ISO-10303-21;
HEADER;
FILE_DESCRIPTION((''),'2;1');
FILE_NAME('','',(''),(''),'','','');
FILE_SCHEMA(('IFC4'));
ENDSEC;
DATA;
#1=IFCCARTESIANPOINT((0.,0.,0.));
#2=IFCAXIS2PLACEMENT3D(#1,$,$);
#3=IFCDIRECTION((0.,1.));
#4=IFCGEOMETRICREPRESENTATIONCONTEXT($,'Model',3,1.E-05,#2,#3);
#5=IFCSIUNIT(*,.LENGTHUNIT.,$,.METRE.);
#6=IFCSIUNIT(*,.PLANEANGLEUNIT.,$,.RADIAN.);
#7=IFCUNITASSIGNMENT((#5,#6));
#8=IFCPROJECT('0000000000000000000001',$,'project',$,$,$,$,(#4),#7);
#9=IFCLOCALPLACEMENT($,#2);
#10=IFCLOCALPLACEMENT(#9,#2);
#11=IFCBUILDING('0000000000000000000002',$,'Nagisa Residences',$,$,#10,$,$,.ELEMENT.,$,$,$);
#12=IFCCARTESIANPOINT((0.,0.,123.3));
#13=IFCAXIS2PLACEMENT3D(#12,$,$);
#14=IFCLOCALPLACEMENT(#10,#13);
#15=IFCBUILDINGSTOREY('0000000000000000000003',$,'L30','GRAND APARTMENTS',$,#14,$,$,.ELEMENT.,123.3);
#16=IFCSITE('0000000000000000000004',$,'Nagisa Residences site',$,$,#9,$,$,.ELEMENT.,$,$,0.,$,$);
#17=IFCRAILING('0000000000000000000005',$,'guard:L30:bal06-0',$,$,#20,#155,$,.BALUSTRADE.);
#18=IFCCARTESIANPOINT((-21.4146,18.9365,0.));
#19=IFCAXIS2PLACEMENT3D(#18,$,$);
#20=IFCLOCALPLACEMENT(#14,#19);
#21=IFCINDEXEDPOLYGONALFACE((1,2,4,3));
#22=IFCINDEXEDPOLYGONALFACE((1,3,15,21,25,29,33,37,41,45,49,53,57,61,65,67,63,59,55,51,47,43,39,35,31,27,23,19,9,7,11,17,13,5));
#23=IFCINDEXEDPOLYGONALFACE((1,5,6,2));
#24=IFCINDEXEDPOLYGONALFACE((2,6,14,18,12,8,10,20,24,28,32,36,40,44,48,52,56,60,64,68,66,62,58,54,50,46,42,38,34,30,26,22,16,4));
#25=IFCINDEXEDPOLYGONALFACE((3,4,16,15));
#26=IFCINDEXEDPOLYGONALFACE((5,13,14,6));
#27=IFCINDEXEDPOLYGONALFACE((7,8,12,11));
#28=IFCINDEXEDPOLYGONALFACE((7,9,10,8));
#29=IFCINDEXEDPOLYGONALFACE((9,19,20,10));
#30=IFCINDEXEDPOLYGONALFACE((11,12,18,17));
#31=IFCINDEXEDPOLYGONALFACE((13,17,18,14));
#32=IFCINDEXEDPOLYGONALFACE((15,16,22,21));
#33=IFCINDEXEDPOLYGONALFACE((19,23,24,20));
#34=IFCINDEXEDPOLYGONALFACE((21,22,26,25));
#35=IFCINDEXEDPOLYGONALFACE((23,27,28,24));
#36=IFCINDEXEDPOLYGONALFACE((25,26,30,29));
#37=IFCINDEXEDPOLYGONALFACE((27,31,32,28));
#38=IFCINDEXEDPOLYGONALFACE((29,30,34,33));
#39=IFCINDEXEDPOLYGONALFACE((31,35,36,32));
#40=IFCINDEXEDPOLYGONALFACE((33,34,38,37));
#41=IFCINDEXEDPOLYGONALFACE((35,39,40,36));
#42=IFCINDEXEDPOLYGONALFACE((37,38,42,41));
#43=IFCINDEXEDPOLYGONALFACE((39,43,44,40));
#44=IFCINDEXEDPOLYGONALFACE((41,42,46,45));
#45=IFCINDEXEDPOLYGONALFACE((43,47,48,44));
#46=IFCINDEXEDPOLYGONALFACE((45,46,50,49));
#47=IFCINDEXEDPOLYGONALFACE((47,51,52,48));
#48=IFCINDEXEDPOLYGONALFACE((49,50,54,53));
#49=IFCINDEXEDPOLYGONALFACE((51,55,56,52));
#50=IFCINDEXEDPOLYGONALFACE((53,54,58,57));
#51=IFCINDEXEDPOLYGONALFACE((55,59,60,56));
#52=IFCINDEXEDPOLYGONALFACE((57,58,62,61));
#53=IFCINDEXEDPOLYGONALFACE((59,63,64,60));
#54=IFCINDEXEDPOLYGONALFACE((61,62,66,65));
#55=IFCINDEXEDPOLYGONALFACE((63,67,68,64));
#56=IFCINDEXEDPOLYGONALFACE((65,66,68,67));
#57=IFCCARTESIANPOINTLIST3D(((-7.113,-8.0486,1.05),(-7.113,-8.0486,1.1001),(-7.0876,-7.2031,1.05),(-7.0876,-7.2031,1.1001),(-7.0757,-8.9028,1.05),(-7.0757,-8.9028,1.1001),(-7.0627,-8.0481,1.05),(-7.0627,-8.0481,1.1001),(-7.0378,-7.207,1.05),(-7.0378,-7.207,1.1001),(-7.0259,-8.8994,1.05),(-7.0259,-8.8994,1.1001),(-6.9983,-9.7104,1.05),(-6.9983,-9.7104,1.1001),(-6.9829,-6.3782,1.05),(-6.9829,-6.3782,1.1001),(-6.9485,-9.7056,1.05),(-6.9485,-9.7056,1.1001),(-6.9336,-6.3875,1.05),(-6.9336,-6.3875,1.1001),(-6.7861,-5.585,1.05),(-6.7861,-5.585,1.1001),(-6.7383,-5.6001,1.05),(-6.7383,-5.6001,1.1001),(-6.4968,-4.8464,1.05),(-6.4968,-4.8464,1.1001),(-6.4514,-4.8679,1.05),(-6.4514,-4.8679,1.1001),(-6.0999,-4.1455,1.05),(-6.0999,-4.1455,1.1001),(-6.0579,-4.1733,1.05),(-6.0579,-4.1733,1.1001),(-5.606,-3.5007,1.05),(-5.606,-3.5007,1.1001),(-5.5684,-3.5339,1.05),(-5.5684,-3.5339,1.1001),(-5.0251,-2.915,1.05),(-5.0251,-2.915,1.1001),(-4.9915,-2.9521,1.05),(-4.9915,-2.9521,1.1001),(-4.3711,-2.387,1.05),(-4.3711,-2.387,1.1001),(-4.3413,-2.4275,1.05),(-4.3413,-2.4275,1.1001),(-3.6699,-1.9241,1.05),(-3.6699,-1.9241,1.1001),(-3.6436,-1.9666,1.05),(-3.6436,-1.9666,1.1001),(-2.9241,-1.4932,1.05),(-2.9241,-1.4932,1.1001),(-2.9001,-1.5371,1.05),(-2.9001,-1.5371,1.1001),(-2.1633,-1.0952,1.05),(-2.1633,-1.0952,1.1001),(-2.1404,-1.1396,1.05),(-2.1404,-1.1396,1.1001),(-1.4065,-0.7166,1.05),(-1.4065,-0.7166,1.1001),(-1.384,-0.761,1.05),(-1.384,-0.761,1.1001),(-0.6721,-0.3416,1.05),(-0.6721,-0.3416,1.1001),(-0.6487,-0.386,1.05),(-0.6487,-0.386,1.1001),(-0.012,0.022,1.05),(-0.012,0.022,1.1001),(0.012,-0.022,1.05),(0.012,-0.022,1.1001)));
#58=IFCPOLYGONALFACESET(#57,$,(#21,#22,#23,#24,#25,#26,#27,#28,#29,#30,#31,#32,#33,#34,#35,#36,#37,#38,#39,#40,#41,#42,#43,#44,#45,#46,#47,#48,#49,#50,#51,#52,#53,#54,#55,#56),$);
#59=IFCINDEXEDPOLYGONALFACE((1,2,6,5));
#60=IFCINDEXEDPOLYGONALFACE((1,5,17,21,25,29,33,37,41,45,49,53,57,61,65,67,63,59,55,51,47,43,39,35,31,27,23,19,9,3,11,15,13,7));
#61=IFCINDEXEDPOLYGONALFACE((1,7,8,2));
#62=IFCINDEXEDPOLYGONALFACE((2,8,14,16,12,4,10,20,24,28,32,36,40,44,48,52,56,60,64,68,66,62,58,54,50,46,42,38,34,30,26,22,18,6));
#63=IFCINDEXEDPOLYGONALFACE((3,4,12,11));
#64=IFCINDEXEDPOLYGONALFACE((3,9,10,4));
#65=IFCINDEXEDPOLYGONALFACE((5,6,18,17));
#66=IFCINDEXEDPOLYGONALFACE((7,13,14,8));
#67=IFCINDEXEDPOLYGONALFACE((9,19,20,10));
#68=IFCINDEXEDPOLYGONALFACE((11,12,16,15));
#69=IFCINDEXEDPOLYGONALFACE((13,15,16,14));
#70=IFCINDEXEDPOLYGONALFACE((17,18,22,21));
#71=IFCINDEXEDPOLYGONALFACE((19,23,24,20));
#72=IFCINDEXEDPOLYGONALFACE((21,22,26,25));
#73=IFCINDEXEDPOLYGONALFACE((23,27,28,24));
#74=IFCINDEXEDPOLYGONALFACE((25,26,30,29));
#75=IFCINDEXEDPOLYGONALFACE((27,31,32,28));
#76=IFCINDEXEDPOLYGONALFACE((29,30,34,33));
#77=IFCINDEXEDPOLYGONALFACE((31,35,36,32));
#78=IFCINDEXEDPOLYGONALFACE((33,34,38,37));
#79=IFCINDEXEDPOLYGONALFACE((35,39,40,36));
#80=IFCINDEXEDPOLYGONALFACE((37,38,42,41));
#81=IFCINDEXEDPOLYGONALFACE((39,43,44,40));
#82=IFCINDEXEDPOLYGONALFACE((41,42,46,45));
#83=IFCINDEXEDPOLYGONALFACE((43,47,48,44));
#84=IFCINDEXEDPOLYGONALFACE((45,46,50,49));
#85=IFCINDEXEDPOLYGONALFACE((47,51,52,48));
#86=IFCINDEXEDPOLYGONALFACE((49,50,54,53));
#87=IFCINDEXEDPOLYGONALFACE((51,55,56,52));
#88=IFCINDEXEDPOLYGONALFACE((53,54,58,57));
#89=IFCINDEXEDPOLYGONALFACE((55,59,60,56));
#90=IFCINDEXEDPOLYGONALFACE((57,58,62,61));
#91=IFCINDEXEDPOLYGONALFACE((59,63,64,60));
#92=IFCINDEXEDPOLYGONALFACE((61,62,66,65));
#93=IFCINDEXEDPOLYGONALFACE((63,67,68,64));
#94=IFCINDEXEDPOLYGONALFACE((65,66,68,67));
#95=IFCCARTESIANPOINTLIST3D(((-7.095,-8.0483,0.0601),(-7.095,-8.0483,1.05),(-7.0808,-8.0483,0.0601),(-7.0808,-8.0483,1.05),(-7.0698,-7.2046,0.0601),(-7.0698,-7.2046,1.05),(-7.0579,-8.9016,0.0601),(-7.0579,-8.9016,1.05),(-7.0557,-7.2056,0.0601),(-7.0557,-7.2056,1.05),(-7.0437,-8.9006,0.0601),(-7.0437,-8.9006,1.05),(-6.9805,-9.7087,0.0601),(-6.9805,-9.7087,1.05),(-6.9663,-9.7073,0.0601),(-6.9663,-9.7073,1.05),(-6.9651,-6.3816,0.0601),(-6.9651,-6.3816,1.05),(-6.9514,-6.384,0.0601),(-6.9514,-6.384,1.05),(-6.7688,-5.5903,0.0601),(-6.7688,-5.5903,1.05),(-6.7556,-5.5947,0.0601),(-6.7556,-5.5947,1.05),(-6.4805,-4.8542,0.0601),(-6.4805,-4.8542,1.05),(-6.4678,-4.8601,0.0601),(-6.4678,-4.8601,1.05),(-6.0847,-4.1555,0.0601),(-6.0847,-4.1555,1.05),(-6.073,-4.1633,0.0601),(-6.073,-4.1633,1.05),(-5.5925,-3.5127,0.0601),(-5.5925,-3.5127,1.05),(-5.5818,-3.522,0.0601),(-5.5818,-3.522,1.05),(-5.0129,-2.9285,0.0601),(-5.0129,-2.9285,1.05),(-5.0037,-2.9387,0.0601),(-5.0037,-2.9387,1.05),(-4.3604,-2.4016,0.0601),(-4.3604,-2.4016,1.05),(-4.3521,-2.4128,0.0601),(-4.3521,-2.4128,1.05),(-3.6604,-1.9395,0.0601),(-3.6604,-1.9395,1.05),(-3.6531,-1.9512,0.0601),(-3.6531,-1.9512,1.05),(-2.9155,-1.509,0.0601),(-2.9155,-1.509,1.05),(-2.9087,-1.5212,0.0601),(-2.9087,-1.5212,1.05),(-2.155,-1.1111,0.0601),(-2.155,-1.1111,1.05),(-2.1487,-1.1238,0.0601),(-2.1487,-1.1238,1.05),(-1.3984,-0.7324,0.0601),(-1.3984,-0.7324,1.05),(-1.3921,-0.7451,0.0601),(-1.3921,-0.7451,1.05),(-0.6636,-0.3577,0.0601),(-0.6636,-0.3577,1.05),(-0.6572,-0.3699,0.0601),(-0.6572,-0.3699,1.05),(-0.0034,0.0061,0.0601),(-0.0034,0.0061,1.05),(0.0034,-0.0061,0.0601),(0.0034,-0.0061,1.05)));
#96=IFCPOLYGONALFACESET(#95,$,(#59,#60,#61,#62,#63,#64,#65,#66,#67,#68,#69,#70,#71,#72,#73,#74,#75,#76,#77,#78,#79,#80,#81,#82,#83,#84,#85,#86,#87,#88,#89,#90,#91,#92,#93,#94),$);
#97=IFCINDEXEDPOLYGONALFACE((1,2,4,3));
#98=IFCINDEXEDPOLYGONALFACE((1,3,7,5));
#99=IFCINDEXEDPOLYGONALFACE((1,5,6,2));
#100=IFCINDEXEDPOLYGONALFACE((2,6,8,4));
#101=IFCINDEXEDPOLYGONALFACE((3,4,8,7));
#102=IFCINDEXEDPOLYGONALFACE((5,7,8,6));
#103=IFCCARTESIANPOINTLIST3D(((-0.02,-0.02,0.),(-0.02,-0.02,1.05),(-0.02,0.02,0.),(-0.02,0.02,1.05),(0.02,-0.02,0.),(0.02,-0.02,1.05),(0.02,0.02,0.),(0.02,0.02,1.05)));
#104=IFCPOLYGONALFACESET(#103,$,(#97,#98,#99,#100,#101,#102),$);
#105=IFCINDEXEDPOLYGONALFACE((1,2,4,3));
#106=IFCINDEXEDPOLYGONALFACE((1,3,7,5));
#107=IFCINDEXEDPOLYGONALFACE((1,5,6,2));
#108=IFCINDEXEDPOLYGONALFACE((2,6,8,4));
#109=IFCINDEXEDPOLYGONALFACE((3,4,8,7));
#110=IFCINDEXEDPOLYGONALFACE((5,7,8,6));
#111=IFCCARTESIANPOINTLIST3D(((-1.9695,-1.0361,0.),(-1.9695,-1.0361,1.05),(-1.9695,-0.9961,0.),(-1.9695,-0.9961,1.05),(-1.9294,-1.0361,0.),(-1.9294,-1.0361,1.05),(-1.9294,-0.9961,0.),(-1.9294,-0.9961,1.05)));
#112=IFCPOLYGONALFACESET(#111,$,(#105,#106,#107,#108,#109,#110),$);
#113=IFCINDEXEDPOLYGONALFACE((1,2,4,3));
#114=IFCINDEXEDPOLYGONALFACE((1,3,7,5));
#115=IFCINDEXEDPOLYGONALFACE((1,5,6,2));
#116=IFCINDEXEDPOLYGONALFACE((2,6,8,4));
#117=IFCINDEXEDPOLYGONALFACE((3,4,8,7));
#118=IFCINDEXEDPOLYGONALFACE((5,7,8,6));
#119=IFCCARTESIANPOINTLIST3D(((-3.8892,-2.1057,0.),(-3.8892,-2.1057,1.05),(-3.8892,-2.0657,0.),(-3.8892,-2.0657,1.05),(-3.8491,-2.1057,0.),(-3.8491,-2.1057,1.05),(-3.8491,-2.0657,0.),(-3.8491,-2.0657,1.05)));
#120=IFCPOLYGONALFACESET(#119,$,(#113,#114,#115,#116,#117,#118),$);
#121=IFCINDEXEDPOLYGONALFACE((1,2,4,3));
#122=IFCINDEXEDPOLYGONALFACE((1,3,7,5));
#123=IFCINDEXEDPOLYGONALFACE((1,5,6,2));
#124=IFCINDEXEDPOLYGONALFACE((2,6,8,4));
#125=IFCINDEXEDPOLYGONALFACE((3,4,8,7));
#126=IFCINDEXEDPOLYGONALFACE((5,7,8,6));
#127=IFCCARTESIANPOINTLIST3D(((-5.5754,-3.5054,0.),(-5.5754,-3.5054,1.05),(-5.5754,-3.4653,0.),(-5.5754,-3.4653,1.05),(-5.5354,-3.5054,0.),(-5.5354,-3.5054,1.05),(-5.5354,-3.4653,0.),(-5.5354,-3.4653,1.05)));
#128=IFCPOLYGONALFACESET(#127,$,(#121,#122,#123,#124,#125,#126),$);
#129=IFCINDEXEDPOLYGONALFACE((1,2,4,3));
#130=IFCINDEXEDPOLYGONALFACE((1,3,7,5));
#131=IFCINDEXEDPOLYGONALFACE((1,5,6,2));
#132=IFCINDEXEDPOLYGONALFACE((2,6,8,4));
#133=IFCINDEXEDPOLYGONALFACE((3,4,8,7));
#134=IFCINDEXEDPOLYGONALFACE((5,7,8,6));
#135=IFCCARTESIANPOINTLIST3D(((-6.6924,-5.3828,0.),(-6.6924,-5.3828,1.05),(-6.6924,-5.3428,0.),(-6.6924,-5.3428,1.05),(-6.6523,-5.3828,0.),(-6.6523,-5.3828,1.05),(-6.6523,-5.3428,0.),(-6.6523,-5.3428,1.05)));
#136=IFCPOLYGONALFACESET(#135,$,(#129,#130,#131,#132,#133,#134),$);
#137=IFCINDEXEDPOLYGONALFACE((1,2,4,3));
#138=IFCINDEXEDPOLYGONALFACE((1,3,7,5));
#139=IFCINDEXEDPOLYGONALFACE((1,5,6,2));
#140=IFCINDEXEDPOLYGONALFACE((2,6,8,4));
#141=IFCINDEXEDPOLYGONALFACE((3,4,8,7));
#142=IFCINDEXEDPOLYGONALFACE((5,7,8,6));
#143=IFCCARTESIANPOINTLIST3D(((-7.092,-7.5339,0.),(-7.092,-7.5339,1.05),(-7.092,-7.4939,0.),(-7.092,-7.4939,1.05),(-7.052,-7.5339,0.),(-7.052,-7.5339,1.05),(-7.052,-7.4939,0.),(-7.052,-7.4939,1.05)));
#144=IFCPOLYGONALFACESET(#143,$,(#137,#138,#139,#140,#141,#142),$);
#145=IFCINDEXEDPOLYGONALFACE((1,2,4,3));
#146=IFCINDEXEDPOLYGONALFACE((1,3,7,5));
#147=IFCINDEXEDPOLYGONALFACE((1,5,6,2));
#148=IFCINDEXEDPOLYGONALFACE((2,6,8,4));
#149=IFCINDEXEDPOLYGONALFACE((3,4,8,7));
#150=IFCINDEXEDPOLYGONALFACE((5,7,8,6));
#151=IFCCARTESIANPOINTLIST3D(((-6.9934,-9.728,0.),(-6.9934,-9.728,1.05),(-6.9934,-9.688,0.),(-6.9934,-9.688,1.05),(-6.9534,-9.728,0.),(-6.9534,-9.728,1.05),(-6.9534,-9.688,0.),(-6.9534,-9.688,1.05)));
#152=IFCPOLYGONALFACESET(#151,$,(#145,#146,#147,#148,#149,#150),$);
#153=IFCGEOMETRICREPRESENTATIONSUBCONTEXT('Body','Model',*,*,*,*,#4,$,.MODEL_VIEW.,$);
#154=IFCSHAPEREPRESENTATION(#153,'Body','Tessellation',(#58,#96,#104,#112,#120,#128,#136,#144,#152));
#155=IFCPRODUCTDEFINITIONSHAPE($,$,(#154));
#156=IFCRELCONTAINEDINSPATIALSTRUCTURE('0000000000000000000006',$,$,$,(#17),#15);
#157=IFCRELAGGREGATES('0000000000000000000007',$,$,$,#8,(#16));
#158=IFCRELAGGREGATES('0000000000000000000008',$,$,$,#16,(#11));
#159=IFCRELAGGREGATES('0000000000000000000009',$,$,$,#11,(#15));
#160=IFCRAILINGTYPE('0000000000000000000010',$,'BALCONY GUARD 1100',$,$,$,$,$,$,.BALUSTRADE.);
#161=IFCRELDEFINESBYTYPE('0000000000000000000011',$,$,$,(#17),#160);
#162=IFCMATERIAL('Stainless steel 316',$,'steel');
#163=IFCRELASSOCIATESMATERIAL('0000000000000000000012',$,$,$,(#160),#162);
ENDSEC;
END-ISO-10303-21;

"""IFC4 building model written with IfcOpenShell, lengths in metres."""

from ifc_helpers import new_model, si_unit, direction, frame, origin, origin_2d, place, context, subcontext, project, spatial, polyline, rectangle, outline, extrude, material, type_object, element, save


model = new_model("IFC4")

# Units and contexts
model_context = context("Model", 3, precision=1e-05, world=origin(), true_north=direction((0.0, 1.0)))
body_context = subcontext(model_context, "Body", "Model", "MODEL_VIEW")
ifc_project = project(units=[si_unit("LENGTHUNIT", "METRE"), si_unit("PLANEANGLEUNIT", "RADIAN")], contexts=[model_context])

# Site, building, storey
site_placement = place(None, origin())
site = spatial("IfcSite", under=ifc_project, at=site_placement, Name="Nagisa Residences site", CompositionType="ELEMENT", RefElevation=0.0)
building_placement = place(site_placement, origin())
building = spatial("IfcBuilding", under=site, at=building_placement, Name="Nagisa Residences", CompositionType="ELEMENT")
storey_placement = place(building_placement, frame((0.0, 0.0, 123.3)))
storey = spatial("IfcBuildingStorey", under=building, at=storey_placement, Name="L30", Description="GRAND APARTMENTS", CompositionType="ELEMENT", Elevation=123.3)

# Railing
ifc_material_1 = material(Name="Stainless steel 316", Category="steel")
railing_type = type_object("IfcRailingType", Name="BALCONY GUARD 1100", PredefinedType="BALUSTRADE", material=ifc_material_1)
railing_1_placement = place(storey_placement, frame((-21.4146, 18.9365, 0.0)))
element("IfcRailing", 1, at=railing_1_placement, inside=storey, type_object=railing_type, Name="guard:L30:bal06-0", PredefinedType="BALUSTRADE", context=body_context, shape_type="SweptSolid", body=[
    extrude(outline(polyline([(-0.6487, -0.386), (0.012, -0.022), (-0.012, 0.022), (-0.6721, -0.3416), (-1.4065, -0.7166), (-2.1633, -1.0952), (-2.9241, -1.4932), (-3.6699, -1.9241), (-4.3711, -2.387), (-5.0251, -2.915), (-5.606, -3.5007), (-6.0999, -4.1455), (-6.4968, -4.8464), (-6.7861, -5.585), (-6.9829, -6.3782), (-7.0876, -7.2031), (-7.113, -8.0486), (-7.0757, -8.9028), (-6.9983, -9.7104), (-6.9485, -9.7056), (-7.0259, -8.8994), (-7.0627, -8.0481), (-7.0378, -7.207), (-6.9336, -6.3875), (-6.7383, -5.6001), (-6.4514, -4.8679), (-6.0579, -4.1733), (-5.5684, -3.5339), (-4.9915, -2.9521), (-4.3413, -2.4275), (-3.6436, -1.9666), (-2.9001, -1.5371), (-2.1404, -1.1396), (-1.384, -0.761), (-0.6487, -0.386)])), frame((0.0, 0.0, 1.05)), (0.0, 0.0, 1.0), 0.05),
    extrude(outline(polyline([(-0.6572, -0.3699), (0.0034, -0.0061), (-0.0034, 0.0061), (-0.6636, -0.3577), (-1.3984, -0.7324), (-2.155, -1.1111), (-2.9155, -1.509), (-3.6604, -1.9395), (-4.3604, -2.4016), (-5.0129, -2.9285), (-5.5925, -3.5127), (-6.0847, -4.1555), (-6.4805, -4.8542), (-6.7688, -5.5903), (-6.9651, -6.3816), (-7.0698, -7.2046), (-7.095, -8.0483), (-7.0579, -8.9016), (-6.9805, -9.7087), (-6.9663, -9.7073), (-7.0437, -8.9006), (-7.0808, -8.0483), (-7.0557, -7.2056), (-6.9514, -6.384), (-6.7556, -5.5947), (-6.4678, -4.8601), (-6.073, -4.1633), (-5.5818, -3.522), (-5.0037, -2.9387), (-4.3521, -2.4128), (-3.6531, -1.9512), (-2.9087, -1.5212), (-2.1487, -1.1238), (-1.3921, -0.7451), (-0.6572, -0.3699)])), frame((0.0, 0.0, 0.0601)), (0.0, 0.0, 1.0), 0.99),
    extrude(rectangle(XDim=0.04, YDim=0.04, at=origin_2d()), origin(), (0.0, 0.0, 1.0), 1.05),
    extrude(rectangle(XDim=0.04, YDim=0.04, at=origin_2d()), frame((-1.9495, -1.0161, 0.0)), (0.0, 0.0, 1.0), 1.05),
    extrude(rectangle(XDim=0.04, YDim=0.04, at=origin_2d()), frame((-3.8691, -2.0857, 0.0)), (0.0, 0.0, 1.0), 1.05),
    extrude(rectangle(XDim=0.04, YDim=0.04, at=origin_2d()), frame((-5.5554, -3.4854, 0.0)), (0.0, 0.0, 1.0), 1.05),
    extrude(rectangle(XDim=0.04, YDim=0.04, at=origin_2d()), frame((-6.6724, -5.3628, 0.0)), (0.0, 0.0, 1.0), 1.05),
    extrude(rectangle(XDim=0.04, YDim=0.04, at=origin_2d()), frame((-7.072, -7.5139, 0.0)), (0.0, 0.0, 1.0), 1.05),
    extrude(rectangle(XDim=0.04, YDim=0.04, at=origin_2d()), frame((-6.9734, -9.708, 0.0)), (0.0, 0.0, 1.0), 1.05),
])

save(model, "model.ifc")
